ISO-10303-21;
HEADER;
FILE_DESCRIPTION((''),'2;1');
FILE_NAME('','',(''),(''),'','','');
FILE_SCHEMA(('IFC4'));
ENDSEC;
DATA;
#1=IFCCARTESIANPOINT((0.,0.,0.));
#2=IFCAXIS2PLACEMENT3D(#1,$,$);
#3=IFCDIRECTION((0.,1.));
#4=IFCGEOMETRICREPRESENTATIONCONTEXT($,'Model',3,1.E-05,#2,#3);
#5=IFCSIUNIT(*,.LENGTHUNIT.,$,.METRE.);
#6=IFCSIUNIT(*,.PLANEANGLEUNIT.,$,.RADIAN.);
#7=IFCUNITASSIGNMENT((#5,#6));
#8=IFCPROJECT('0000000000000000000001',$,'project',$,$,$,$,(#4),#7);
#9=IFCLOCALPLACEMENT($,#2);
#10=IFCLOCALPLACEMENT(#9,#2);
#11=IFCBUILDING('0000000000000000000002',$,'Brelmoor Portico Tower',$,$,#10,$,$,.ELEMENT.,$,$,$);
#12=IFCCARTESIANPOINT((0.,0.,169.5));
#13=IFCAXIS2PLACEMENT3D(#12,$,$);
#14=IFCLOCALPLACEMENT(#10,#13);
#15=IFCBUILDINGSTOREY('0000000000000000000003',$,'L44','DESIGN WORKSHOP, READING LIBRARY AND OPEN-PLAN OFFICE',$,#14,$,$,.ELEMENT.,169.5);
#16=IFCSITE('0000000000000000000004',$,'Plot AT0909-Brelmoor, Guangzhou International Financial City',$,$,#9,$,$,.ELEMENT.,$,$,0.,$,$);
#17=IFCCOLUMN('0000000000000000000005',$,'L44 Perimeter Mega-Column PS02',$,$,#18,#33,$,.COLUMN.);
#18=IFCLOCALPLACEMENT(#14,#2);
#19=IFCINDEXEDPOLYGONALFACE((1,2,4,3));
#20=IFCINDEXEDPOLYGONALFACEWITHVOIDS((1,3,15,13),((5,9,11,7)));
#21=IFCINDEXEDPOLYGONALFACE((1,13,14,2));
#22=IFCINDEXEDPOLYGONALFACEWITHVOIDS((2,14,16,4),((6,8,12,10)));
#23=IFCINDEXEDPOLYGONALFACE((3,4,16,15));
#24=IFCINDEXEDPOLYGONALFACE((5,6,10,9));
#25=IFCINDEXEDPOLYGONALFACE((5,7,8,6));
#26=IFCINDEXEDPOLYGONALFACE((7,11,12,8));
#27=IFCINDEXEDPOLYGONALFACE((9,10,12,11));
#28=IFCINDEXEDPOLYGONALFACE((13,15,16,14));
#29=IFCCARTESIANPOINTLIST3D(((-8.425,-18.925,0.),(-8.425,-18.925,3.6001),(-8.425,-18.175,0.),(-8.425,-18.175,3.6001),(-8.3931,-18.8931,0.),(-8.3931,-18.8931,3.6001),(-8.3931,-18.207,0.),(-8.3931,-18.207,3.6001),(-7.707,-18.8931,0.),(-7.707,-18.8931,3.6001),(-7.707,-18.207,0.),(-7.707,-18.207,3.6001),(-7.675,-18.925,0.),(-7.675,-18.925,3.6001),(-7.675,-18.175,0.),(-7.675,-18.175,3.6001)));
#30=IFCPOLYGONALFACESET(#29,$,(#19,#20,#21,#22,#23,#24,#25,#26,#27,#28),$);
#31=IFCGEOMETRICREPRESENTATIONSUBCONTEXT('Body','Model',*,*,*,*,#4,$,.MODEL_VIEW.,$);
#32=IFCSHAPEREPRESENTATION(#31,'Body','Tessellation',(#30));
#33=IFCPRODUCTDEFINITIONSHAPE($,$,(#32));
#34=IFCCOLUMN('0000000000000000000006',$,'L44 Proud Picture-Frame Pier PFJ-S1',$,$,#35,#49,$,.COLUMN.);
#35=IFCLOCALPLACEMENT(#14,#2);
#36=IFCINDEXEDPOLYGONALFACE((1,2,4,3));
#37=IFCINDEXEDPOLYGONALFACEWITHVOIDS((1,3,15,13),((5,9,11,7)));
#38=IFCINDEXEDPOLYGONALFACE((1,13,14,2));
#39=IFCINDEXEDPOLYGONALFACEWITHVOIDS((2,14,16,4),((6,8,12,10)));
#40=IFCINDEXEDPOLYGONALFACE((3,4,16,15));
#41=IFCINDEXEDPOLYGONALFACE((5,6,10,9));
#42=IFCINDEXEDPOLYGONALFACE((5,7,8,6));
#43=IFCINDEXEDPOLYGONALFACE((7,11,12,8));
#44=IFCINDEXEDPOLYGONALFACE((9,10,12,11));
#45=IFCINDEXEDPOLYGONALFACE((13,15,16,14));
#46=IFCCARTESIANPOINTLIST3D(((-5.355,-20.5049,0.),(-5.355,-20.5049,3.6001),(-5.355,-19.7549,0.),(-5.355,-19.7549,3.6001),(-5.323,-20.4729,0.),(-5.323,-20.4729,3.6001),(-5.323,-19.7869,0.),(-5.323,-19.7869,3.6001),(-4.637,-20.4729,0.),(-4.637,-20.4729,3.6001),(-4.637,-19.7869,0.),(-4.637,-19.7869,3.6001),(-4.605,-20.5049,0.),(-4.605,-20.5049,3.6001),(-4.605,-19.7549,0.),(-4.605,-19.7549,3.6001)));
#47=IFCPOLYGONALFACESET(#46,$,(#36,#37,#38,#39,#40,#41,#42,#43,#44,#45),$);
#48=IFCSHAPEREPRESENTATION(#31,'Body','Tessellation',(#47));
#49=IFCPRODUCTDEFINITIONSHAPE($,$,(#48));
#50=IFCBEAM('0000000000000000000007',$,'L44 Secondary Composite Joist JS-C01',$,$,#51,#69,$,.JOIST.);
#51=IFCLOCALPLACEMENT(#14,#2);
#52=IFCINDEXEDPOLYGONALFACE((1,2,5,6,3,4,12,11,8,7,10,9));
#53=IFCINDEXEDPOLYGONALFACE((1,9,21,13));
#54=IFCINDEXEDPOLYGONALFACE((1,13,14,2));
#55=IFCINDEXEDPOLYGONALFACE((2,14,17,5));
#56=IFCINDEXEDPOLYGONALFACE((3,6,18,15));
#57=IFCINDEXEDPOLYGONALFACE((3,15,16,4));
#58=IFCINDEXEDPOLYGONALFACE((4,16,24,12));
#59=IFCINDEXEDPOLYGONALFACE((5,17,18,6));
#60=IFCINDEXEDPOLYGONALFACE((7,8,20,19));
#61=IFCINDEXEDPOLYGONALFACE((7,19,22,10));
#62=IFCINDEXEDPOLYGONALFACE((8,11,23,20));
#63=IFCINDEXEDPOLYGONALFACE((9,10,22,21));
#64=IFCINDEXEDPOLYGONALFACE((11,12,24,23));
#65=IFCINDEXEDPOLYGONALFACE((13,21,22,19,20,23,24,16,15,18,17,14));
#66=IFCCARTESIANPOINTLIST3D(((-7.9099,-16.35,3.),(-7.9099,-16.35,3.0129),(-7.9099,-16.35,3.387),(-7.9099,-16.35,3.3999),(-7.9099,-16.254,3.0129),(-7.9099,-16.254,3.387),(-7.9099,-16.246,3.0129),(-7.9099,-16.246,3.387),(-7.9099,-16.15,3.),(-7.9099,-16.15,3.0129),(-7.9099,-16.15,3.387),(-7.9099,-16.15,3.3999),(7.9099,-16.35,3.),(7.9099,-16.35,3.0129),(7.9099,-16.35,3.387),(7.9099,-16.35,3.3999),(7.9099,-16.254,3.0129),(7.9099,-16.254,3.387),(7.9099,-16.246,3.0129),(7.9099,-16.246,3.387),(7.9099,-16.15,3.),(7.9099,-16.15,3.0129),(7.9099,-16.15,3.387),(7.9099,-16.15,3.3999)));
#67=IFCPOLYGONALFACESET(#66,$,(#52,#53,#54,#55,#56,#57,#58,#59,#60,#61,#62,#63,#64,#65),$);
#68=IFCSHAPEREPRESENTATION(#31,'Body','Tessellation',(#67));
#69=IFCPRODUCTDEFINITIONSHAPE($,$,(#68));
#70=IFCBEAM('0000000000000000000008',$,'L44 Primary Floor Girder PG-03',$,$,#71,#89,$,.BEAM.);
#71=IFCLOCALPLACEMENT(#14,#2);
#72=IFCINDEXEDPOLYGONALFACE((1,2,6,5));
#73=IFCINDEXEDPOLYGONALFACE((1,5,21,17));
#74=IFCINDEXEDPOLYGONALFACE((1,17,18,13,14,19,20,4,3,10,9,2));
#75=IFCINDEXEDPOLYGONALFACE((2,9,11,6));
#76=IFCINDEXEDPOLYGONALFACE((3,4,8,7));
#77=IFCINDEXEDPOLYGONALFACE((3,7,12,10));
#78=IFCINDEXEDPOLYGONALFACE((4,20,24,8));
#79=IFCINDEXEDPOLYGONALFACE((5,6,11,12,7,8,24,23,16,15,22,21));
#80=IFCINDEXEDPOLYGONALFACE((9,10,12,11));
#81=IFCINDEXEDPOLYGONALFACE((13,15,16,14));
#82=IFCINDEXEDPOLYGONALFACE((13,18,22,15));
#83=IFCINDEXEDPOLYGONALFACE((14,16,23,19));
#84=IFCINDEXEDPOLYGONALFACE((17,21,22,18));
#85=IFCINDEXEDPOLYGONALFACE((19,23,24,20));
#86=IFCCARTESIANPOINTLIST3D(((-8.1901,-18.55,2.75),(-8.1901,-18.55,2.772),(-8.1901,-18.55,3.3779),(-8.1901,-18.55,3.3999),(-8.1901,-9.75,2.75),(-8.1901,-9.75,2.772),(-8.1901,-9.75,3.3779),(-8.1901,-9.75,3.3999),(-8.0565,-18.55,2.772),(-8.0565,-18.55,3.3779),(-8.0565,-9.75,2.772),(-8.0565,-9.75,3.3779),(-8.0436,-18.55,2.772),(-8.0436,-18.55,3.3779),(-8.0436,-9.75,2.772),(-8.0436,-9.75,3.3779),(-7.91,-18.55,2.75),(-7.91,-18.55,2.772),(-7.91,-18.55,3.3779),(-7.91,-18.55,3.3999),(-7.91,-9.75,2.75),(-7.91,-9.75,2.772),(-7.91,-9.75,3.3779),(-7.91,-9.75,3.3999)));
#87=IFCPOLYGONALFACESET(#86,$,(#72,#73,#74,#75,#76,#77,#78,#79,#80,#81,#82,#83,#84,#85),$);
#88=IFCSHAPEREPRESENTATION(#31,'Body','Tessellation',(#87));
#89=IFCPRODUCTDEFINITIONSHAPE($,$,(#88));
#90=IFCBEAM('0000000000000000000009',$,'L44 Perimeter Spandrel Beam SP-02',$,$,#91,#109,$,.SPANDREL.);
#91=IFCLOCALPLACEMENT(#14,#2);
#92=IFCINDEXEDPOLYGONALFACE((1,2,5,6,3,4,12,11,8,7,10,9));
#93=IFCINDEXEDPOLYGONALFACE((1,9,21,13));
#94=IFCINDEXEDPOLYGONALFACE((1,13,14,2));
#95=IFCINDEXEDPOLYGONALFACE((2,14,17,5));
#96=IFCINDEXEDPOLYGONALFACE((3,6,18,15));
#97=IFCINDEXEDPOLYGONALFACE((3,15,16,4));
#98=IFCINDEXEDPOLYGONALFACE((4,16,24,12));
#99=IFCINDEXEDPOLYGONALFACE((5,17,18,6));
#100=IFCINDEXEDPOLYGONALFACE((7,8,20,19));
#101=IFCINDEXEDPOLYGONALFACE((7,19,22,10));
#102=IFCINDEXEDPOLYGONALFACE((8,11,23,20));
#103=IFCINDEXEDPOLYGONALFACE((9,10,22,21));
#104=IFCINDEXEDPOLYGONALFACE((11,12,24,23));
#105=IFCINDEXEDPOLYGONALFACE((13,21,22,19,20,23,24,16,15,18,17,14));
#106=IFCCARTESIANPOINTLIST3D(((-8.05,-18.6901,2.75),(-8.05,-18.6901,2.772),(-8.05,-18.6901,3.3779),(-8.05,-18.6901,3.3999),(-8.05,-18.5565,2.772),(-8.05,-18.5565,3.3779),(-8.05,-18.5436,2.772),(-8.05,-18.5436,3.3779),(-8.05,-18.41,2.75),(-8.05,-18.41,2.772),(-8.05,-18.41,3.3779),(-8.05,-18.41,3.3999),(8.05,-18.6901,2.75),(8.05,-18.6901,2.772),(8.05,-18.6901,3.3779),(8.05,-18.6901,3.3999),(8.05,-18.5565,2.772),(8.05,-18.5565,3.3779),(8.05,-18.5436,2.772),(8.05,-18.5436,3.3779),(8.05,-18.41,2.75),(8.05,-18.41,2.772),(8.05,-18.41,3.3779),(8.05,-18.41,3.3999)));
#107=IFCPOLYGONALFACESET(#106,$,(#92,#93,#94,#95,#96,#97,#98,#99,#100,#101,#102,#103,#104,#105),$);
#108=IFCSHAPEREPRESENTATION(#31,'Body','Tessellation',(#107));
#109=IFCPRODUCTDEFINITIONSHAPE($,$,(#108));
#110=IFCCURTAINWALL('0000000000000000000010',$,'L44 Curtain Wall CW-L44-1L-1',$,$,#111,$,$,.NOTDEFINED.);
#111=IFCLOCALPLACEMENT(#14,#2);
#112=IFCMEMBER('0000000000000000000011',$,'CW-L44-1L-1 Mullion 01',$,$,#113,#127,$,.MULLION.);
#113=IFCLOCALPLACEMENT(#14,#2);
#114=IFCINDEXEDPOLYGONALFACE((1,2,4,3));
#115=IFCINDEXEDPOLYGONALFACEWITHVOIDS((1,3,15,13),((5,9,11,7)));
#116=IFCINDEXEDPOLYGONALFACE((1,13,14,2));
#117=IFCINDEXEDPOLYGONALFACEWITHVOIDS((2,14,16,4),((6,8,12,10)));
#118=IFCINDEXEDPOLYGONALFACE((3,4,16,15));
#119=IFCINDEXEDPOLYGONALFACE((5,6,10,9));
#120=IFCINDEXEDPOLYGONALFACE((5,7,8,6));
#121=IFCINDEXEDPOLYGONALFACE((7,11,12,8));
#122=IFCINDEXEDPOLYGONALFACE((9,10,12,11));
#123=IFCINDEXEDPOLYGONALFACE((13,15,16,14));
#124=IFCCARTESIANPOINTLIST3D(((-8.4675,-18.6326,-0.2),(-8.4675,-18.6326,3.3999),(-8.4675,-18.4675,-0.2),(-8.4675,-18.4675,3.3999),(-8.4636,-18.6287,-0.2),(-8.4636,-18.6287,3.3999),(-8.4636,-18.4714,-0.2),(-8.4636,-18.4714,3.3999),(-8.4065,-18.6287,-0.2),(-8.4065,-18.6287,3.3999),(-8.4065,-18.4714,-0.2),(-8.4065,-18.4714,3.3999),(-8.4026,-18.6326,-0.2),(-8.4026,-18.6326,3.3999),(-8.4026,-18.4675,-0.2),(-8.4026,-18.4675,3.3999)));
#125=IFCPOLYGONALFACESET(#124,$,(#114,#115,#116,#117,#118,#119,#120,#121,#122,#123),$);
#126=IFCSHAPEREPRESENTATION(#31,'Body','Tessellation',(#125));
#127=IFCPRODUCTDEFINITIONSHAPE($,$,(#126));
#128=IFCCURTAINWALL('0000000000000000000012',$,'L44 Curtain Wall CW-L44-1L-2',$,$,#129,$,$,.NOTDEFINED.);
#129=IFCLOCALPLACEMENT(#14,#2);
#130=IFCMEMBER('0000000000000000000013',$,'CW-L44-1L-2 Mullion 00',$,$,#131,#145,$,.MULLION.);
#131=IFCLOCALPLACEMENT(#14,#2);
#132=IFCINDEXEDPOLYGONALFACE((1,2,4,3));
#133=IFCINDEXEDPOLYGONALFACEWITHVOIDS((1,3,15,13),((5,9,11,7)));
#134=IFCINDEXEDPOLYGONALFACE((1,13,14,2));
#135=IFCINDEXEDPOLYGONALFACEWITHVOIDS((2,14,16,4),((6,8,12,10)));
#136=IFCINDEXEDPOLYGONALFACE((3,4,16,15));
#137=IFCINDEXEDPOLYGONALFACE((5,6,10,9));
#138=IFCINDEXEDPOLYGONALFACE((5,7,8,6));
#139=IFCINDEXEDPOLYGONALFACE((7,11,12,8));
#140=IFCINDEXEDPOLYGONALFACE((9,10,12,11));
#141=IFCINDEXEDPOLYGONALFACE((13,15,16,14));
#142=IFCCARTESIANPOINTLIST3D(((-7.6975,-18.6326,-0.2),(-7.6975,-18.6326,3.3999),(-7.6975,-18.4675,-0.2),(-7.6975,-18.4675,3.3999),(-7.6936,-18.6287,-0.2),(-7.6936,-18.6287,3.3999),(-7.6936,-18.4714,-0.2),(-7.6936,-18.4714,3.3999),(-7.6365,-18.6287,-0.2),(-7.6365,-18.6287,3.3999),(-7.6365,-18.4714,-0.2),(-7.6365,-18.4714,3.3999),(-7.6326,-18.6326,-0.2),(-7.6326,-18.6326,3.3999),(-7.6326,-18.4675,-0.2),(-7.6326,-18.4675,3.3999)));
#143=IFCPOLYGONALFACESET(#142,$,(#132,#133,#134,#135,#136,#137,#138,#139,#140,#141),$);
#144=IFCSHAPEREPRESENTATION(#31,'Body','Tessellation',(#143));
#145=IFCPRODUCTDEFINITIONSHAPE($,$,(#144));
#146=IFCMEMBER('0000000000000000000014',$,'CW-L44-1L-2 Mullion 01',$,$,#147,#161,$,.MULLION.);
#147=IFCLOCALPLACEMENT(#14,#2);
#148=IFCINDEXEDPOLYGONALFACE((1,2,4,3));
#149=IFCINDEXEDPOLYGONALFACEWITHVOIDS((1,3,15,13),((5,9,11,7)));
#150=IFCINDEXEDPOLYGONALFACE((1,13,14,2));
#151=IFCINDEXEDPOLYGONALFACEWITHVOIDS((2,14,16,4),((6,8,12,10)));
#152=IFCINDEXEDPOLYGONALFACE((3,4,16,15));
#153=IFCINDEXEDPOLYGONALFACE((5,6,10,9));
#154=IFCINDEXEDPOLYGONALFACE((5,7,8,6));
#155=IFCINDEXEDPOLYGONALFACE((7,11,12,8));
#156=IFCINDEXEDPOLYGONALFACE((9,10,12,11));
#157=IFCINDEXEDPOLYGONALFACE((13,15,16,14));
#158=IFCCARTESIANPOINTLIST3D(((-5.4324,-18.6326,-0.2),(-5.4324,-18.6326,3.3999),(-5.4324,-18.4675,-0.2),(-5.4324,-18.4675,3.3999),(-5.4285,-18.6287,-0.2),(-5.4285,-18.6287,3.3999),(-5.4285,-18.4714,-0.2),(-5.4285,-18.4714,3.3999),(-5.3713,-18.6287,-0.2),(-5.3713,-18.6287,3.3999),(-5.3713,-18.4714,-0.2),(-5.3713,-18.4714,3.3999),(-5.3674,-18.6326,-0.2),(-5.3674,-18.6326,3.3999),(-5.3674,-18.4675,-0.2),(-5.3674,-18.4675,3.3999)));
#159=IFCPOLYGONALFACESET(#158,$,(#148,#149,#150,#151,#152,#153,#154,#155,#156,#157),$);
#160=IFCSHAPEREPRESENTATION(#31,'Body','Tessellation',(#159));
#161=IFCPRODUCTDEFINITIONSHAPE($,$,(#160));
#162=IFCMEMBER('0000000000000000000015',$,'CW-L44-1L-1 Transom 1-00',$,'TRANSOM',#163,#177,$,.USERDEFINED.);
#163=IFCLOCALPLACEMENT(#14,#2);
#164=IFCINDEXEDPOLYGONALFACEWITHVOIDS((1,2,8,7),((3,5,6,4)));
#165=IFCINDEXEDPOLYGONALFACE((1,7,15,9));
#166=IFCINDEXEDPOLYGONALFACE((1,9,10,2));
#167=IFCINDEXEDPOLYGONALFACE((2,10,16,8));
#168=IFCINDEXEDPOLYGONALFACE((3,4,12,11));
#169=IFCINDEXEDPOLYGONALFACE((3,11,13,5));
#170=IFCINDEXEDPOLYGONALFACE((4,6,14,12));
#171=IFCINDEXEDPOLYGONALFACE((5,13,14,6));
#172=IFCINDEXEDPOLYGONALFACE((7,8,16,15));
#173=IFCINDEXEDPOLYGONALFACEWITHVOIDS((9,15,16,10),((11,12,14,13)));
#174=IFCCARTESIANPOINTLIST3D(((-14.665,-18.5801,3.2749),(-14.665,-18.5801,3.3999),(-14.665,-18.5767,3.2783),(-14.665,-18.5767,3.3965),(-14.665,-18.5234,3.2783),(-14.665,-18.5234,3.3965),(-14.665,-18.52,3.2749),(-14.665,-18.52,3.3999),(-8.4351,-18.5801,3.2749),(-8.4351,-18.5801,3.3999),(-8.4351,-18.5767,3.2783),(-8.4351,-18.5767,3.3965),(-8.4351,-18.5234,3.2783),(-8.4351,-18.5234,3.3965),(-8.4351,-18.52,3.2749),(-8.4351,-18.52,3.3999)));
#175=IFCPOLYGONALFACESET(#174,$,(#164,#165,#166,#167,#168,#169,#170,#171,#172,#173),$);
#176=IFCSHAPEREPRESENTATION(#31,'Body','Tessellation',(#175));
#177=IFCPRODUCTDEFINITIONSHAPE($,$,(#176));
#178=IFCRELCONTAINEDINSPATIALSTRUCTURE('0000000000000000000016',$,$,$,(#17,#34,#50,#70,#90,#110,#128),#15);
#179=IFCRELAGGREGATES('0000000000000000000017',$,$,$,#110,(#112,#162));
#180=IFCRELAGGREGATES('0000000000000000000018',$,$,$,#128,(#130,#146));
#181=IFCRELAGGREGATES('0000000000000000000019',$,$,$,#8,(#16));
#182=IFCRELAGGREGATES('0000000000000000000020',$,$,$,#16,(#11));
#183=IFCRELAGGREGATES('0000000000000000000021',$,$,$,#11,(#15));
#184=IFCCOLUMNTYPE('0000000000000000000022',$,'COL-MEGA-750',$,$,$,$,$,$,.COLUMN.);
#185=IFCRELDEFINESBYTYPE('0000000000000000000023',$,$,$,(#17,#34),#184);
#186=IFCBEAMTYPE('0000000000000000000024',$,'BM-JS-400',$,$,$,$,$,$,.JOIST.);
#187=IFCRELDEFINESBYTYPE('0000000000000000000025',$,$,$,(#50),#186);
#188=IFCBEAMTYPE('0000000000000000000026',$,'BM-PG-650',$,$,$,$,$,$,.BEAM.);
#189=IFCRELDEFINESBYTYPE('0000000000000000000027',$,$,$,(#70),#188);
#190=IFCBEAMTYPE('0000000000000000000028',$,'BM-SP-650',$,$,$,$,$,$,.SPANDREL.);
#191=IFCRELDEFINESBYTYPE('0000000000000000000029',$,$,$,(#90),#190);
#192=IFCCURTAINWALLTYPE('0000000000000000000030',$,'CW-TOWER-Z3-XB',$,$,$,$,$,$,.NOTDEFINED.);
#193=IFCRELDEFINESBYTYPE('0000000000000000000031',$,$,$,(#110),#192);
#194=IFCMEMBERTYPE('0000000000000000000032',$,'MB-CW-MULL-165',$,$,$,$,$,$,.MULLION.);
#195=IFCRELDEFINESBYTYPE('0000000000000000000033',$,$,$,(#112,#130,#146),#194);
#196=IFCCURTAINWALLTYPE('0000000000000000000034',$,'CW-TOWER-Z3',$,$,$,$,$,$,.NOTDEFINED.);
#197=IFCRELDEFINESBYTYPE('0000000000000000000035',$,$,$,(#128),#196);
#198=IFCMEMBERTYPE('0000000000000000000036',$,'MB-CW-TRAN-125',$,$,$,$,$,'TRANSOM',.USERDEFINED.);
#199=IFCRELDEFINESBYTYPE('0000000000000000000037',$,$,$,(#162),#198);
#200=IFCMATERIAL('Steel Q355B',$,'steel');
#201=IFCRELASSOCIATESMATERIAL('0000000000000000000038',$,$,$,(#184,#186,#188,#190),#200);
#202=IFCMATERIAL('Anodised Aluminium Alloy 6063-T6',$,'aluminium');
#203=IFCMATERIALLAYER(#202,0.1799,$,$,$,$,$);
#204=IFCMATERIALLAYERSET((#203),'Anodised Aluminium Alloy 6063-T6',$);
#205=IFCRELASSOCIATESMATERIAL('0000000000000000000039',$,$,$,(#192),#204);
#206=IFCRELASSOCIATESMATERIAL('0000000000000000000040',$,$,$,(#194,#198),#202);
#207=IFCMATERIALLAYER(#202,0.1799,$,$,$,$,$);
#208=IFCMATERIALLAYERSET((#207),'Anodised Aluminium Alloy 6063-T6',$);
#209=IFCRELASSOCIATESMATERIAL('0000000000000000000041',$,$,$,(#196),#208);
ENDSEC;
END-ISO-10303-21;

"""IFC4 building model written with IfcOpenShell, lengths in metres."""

from ifc_helpers import new_model, si_unit, direction, frame, origin, origin_2d, place, context, subcontext, project, spatial, hollow_rectangle, i_section, extrude, material, layer, layer_set, material_profile, profile_set, type_object, element, aggregate, save


model = new_model("IFC4")

# Units and contexts
model_context = context("Model", 3, precision=1e-05, world=origin(), true_north=direction((0.0, 1.0)))
body_context = subcontext(model_context, "Body", "Model", "MODEL_VIEW")
ifc_project = project(units=[si_unit("LENGTHUNIT", "METRE"), si_unit("PLANEANGLEUNIT", "RADIAN")], contexts=[model_context])

# Site, building, storey
site_placement = place(None, origin())
site = spatial("IfcSite", under=ifc_project, at=site_placement, Name="Plot AT0909-Brelmoor, Guangzhou International Financial City", CompositionType="ELEMENT", RefElevation=0.0)
building_placement = place(site_placement, origin())
building = spatial("IfcBuilding", under=site, at=building_placement, Name="Brelmoor Portico Tower", CompositionType="ELEMENT")
storey_placement = place(building_placement, frame((0.0, 0.0, 169.5)))
storey = spatial("IfcBuildingStorey", under=building, at=storey_placement, Name="L44", Description="DESIGN WORKSHOP, READING LIBRARY AND OPEN-PLAN OFFICE", CompositionType="ELEMENT", Elevation=169.5)

# Columns
ifc_material_1 = material(Name="Steel Q355B", Category="steel")
ifc_material_profile_1 = material_profile(ifc_material_1, hollow_rectangle(XDim=0.75, YDim=0.75, WallThickness=0.032, at=origin_2d()), Name="BOX 750x750x32")
ifc_profile_set_1 = profile_set([ifc_material_profile_1], Name="Steel Q355B")
column_type = type_object("IfcColumnType", Name="COL-MEGA-750", PredefinedType="COLUMN", material=ifc_profile_set_1)
for number, where, z_axis, x_axis, name in (
    (1, (-8.05, -18.55, 0.0), (0.0, 0.0, 1.0), (1.0, 0.0, 0.0), "L44 Perimeter Mega-Column PS02"),
    (2, (-4.98, -20.1299, 0.0), (0.0, 0.0, 1.0), (1.0, 0.0, 0.0), "L44 Proud Picture-Frame Pier PFJ-S1"),
):
    element("IfcColumn", number, at=place(storey_placement, frame(where, z_axis=z_axis, x_axis=x_axis)), inside=storey, type_object=column_type, Name=name, PredefinedType="COLUMN", context=body_context, shape_type="SweptSolid", body=[
        extrude(hollow_rectangle(XDim=0.75, YDim=0.75, WallThickness=0.032, at=origin_2d()), origin(), (0.0, 0.0, 1.0), 3.6001),
    ])

# Beams
ifc_material_profile_2 = material_profile(ifc_material_1, i_section(OverallWidth=0.2, OverallDepth=0.3999, WebThickness=0.0081, FlangeThickness=0.0129, at=origin_2d()), Name="HN 400x200x8x13")
ifc_profile_set_2 = profile_set([ifc_material_profile_2], Name="Steel Q355B")
beam_type_1 = type_object("IfcBeamType", Name="BM-JS-400", PredefinedType="JOIST", material=ifc_profile_set_2)
beam_1_placement = place(storey_placement, frame((-7.9099, -16.25, 3.2), z_axis=(1.0, 0.0, 0.0), x_axis=(0.0, 1.0, 0.0)))
element("IfcBeam", 3, at=beam_1_placement, inside=storey, type_object=beam_type_1, Name="L44 Secondary Composite Joist JS-C01", PredefinedType="JOIST", context=body_context, shape_type="SweptSolid", body=[
    extrude(i_section(OverallWidth=0.2, OverallDepth=0.3999, WebThickness=0.0081, FlangeThickness=0.0129, at=origin_2d()), origin(), (0.0, 0.0, 1.0), 15.8198),
])
ifc_material_profile_3 = material_profile(ifc_material_1, i_section(OverallWidth=0.28, OverallDepth=0.6499, WebThickness=0.0129, FlangeThickness=0.022, at=origin_2d()), Name="HN 650x280x13x22")
ifc_profile_set_3 = profile_set([ifc_material_profile_3], Name="Steel Q355B")
beam_type_2 = type_object("IfcBeamType", Name="BM-PG-650", PredefinedType="BEAM", material=ifc_profile_set_3)
beam_2_placement = place(storey_placement, frame((-8.05, -18.55, 3.075), z_axis=(0.0, 1.0, 0.0), x_axis=(-1.0, 0.0, 0.0)))
element("IfcBeam", 4, at=beam_2_placement, inside=storey, type_object=beam_type_2, Name="L44 Primary Floor Girder PG-03", PredefinedType="BEAM", context=body_context, shape_type="SweptSolid", body=[
    extrude(i_section(OverallWidth=0.28, OverallDepth=0.6499, WebThickness=0.0129, FlangeThickness=0.022, at=origin_2d()), origin(), (0.0, 0.0, 1.0), 8.8),
])
ifc_material_profile_4 = material_profile(ifc_material_1, i_section(OverallWidth=0.28, OverallDepth=0.6499, WebThickness=0.0129, FlangeThickness=0.022, at=origin_2d()), Name="HN 650x280x13x22")
ifc_profile_set_4 = profile_set([ifc_material_profile_4], Name="Steel Q355B")
beam_type_3 = type_object("IfcBeamType", Name="BM-SP-650", PredefinedType="SPANDREL", material=ifc_profile_set_4)
beam_3_placement = place(storey_placement, frame((-8.05, -18.55, 3.075), z_axis=(1.0, 0.0, 0.0), x_axis=(0.0, 1.0, 0.0)))
element("IfcBeam", 5, at=beam_3_placement, inside=storey, type_object=beam_type_3, Name="L44 Perimeter Spandrel Beam SP-02", PredefinedType="SPANDREL", context=body_context, shape_type="SweptSolid", body=[
    extrude(i_section(OverallWidth=0.28, OverallDepth=0.6499, WebThickness=0.0129, FlangeThickness=0.022, at=origin_2d()), origin(), (0.0, 0.0, 1.0), 16.1001),
])

# Curtain wall, member
ifc_material_2 = material(Name="Anodised Aluminium Alloy 6063-T6", Category="aluminium")
ifc_layer_1 = layer(ifc_material_2, 0.1799)
ifc_layer_set_1 = layer_set([ifc_layer_1], Name="Anodised Aluminium Alloy 6063-T6")
curtain_wall_type_1 = type_object("IfcCurtainWallType", Name="CW-TOWER-Z3-XB", PredefinedType="NOTDEFINED", material=ifc_layer_set_1)
curtain_wall_1_placement = place(storey_placement, origin())
curtain_wall_1 = element("IfcCurtainWall", 6, at=curtain_wall_1_placement, inside=storey, type_object=curtain_wall_type_1, Name="L44 Curtain Wall CW-L44-1L-1", PredefinedType="NOTDEFINED")
ifc_material_profile_5 = material_profile(ifc_material_2, hollow_rectangle(XDim=0.0649, YDim=0.165, WallThickness=0.0039, at=origin_2d()), Name="ALU MULLION 65x165")
ifc_profile_set_5 = profile_set([ifc_material_profile_5], Name="Anodised Aluminium Alloy 6063-T6")
member_type_1 = type_object("IfcMemberType", Name="MB-CW-MULL-165", PredefinedType="MULLION", material=ifc_profile_set_5)
member_1_placement = place(storey_placement, frame((-8.4351, -18.55, -0.2), z_axis=(0.0, 0.0, 1.0), x_axis=(1.0, 0.0, 0.0)))
member_1 = element("IfcMember", 7, at=member_1_placement, type_object=member_type_1, Name="CW-L44-1L-1 Mullion 01", PredefinedType="MULLION", context=body_context, shape_type="SweptSolid", body=[
    extrude(hollow_rectangle(XDim=0.0649, YDim=0.165, WallThickness=0.0039, at=origin_2d()), origin(), (0.0, 0.0, 1.0), 3.5999),
])

# Curtain wall, members
ifc_layer_2 = layer(ifc_material_2, 0.1799)
ifc_layer_set_2 = layer_set([ifc_layer_2], Name="Anodised Aluminium Alloy 6063-T6")
curtain_wall_type_2 = type_object("IfcCurtainWallType", Name="CW-TOWER-Z3", PredefinedType="NOTDEFINED", material=ifc_layer_set_2)
curtain_wall_2_placement = place(storey_placement, origin())
curtain_wall_2 = element("IfcCurtainWall", 8, at=curtain_wall_2_placement, inside=storey, type_object=curtain_wall_type_2, Name="L44 Curtain Wall CW-L44-1L-2", PredefinedType="NOTDEFINED")
member_2_placement = place(storey_placement, frame((-7.665, -18.55, -0.2), z_axis=(0.0, 0.0, 1.0), x_axis=(1.0, 0.0, 0.0)))
member_2 = element("IfcMember", 9, at=member_2_placement, type_object=member_type_1, Name="CW-L44-1L-2 Mullion 00", PredefinedType="MULLION", context=body_context, shape_type="SweptSolid", body=[
    extrude(hollow_rectangle(XDim=0.0649, YDim=0.165, WallThickness=0.0039, at=origin_2d()), origin(), (0.0, 0.0, 1.0), 3.5999),
])
member_3_placement = place(storey_placement, frame((-5.3999, -18.55, -0.2), z_axis=(0.0, 0.0, 1.0), x_axis=(1.0, 0.0, 0.0)))
member_3 = element("IfcMember", 10, at=member_3_placement, type_object=member_type_1, Name="CW-L44-1L-2 Mullion 01", PredefinedType="MULLION", context=body_context, shape_type="SweptSolid", body=[
    extrude(hollow_rectangle(XDim=0.0649, YDim=0.165, WallThickness=0.0039, at=origin_2d()), origin(), (0.0, 0.0, 1.0), 3.5999),
])

# Member
ifc_material_profile_6 = material_profile(ifc_material_2, hollow_rectangle(XDim=0.0601, YDim=0.125, WallThickness=0.0034, at=origin_2d()), Name="ALU TRANSOM 60x125")
ifc_profile_set_6 = profile_set([ifc_material_profile_6], Name="Anodised Aluminium Alloy 6063-T6")
member_type_2 = type_object("IfcMemberType", Name="MB-CW-TRAN-125", ElementType="TRANSOM", PredefinedType="USERDEFINED", material=ifc_profile_set_6)
member_4_placement = place(storey_placement, frame((-14.665, -18.55, 3.3374), z_axis=(1.0, 0.0, 0.0), x_axis=(0.0, 1.0, 0.0)))
member_4 = element("IfcMember", 11, at=member_4_placement, type_object=member_type_2, Name="CW-L44-1L-1 Transom 1-00", ObjectType="TRANSOM", PredefinedType="USERDEFINED", context=body_context, shape_type="SweptSolid", body=[
    extrude(hollow_rectangle(XDim=0.0601, YDim=0.125, WallThickness=0.0034, at=origin_2d()), origin(), (0.0, 0.0, 1.0), 6.23),
])

aggregate(curtain_wall_1, [member_1, member_4])
aggregate(curtain_wall_2, [member_2, member_3])

save(model, "model.ifc")
